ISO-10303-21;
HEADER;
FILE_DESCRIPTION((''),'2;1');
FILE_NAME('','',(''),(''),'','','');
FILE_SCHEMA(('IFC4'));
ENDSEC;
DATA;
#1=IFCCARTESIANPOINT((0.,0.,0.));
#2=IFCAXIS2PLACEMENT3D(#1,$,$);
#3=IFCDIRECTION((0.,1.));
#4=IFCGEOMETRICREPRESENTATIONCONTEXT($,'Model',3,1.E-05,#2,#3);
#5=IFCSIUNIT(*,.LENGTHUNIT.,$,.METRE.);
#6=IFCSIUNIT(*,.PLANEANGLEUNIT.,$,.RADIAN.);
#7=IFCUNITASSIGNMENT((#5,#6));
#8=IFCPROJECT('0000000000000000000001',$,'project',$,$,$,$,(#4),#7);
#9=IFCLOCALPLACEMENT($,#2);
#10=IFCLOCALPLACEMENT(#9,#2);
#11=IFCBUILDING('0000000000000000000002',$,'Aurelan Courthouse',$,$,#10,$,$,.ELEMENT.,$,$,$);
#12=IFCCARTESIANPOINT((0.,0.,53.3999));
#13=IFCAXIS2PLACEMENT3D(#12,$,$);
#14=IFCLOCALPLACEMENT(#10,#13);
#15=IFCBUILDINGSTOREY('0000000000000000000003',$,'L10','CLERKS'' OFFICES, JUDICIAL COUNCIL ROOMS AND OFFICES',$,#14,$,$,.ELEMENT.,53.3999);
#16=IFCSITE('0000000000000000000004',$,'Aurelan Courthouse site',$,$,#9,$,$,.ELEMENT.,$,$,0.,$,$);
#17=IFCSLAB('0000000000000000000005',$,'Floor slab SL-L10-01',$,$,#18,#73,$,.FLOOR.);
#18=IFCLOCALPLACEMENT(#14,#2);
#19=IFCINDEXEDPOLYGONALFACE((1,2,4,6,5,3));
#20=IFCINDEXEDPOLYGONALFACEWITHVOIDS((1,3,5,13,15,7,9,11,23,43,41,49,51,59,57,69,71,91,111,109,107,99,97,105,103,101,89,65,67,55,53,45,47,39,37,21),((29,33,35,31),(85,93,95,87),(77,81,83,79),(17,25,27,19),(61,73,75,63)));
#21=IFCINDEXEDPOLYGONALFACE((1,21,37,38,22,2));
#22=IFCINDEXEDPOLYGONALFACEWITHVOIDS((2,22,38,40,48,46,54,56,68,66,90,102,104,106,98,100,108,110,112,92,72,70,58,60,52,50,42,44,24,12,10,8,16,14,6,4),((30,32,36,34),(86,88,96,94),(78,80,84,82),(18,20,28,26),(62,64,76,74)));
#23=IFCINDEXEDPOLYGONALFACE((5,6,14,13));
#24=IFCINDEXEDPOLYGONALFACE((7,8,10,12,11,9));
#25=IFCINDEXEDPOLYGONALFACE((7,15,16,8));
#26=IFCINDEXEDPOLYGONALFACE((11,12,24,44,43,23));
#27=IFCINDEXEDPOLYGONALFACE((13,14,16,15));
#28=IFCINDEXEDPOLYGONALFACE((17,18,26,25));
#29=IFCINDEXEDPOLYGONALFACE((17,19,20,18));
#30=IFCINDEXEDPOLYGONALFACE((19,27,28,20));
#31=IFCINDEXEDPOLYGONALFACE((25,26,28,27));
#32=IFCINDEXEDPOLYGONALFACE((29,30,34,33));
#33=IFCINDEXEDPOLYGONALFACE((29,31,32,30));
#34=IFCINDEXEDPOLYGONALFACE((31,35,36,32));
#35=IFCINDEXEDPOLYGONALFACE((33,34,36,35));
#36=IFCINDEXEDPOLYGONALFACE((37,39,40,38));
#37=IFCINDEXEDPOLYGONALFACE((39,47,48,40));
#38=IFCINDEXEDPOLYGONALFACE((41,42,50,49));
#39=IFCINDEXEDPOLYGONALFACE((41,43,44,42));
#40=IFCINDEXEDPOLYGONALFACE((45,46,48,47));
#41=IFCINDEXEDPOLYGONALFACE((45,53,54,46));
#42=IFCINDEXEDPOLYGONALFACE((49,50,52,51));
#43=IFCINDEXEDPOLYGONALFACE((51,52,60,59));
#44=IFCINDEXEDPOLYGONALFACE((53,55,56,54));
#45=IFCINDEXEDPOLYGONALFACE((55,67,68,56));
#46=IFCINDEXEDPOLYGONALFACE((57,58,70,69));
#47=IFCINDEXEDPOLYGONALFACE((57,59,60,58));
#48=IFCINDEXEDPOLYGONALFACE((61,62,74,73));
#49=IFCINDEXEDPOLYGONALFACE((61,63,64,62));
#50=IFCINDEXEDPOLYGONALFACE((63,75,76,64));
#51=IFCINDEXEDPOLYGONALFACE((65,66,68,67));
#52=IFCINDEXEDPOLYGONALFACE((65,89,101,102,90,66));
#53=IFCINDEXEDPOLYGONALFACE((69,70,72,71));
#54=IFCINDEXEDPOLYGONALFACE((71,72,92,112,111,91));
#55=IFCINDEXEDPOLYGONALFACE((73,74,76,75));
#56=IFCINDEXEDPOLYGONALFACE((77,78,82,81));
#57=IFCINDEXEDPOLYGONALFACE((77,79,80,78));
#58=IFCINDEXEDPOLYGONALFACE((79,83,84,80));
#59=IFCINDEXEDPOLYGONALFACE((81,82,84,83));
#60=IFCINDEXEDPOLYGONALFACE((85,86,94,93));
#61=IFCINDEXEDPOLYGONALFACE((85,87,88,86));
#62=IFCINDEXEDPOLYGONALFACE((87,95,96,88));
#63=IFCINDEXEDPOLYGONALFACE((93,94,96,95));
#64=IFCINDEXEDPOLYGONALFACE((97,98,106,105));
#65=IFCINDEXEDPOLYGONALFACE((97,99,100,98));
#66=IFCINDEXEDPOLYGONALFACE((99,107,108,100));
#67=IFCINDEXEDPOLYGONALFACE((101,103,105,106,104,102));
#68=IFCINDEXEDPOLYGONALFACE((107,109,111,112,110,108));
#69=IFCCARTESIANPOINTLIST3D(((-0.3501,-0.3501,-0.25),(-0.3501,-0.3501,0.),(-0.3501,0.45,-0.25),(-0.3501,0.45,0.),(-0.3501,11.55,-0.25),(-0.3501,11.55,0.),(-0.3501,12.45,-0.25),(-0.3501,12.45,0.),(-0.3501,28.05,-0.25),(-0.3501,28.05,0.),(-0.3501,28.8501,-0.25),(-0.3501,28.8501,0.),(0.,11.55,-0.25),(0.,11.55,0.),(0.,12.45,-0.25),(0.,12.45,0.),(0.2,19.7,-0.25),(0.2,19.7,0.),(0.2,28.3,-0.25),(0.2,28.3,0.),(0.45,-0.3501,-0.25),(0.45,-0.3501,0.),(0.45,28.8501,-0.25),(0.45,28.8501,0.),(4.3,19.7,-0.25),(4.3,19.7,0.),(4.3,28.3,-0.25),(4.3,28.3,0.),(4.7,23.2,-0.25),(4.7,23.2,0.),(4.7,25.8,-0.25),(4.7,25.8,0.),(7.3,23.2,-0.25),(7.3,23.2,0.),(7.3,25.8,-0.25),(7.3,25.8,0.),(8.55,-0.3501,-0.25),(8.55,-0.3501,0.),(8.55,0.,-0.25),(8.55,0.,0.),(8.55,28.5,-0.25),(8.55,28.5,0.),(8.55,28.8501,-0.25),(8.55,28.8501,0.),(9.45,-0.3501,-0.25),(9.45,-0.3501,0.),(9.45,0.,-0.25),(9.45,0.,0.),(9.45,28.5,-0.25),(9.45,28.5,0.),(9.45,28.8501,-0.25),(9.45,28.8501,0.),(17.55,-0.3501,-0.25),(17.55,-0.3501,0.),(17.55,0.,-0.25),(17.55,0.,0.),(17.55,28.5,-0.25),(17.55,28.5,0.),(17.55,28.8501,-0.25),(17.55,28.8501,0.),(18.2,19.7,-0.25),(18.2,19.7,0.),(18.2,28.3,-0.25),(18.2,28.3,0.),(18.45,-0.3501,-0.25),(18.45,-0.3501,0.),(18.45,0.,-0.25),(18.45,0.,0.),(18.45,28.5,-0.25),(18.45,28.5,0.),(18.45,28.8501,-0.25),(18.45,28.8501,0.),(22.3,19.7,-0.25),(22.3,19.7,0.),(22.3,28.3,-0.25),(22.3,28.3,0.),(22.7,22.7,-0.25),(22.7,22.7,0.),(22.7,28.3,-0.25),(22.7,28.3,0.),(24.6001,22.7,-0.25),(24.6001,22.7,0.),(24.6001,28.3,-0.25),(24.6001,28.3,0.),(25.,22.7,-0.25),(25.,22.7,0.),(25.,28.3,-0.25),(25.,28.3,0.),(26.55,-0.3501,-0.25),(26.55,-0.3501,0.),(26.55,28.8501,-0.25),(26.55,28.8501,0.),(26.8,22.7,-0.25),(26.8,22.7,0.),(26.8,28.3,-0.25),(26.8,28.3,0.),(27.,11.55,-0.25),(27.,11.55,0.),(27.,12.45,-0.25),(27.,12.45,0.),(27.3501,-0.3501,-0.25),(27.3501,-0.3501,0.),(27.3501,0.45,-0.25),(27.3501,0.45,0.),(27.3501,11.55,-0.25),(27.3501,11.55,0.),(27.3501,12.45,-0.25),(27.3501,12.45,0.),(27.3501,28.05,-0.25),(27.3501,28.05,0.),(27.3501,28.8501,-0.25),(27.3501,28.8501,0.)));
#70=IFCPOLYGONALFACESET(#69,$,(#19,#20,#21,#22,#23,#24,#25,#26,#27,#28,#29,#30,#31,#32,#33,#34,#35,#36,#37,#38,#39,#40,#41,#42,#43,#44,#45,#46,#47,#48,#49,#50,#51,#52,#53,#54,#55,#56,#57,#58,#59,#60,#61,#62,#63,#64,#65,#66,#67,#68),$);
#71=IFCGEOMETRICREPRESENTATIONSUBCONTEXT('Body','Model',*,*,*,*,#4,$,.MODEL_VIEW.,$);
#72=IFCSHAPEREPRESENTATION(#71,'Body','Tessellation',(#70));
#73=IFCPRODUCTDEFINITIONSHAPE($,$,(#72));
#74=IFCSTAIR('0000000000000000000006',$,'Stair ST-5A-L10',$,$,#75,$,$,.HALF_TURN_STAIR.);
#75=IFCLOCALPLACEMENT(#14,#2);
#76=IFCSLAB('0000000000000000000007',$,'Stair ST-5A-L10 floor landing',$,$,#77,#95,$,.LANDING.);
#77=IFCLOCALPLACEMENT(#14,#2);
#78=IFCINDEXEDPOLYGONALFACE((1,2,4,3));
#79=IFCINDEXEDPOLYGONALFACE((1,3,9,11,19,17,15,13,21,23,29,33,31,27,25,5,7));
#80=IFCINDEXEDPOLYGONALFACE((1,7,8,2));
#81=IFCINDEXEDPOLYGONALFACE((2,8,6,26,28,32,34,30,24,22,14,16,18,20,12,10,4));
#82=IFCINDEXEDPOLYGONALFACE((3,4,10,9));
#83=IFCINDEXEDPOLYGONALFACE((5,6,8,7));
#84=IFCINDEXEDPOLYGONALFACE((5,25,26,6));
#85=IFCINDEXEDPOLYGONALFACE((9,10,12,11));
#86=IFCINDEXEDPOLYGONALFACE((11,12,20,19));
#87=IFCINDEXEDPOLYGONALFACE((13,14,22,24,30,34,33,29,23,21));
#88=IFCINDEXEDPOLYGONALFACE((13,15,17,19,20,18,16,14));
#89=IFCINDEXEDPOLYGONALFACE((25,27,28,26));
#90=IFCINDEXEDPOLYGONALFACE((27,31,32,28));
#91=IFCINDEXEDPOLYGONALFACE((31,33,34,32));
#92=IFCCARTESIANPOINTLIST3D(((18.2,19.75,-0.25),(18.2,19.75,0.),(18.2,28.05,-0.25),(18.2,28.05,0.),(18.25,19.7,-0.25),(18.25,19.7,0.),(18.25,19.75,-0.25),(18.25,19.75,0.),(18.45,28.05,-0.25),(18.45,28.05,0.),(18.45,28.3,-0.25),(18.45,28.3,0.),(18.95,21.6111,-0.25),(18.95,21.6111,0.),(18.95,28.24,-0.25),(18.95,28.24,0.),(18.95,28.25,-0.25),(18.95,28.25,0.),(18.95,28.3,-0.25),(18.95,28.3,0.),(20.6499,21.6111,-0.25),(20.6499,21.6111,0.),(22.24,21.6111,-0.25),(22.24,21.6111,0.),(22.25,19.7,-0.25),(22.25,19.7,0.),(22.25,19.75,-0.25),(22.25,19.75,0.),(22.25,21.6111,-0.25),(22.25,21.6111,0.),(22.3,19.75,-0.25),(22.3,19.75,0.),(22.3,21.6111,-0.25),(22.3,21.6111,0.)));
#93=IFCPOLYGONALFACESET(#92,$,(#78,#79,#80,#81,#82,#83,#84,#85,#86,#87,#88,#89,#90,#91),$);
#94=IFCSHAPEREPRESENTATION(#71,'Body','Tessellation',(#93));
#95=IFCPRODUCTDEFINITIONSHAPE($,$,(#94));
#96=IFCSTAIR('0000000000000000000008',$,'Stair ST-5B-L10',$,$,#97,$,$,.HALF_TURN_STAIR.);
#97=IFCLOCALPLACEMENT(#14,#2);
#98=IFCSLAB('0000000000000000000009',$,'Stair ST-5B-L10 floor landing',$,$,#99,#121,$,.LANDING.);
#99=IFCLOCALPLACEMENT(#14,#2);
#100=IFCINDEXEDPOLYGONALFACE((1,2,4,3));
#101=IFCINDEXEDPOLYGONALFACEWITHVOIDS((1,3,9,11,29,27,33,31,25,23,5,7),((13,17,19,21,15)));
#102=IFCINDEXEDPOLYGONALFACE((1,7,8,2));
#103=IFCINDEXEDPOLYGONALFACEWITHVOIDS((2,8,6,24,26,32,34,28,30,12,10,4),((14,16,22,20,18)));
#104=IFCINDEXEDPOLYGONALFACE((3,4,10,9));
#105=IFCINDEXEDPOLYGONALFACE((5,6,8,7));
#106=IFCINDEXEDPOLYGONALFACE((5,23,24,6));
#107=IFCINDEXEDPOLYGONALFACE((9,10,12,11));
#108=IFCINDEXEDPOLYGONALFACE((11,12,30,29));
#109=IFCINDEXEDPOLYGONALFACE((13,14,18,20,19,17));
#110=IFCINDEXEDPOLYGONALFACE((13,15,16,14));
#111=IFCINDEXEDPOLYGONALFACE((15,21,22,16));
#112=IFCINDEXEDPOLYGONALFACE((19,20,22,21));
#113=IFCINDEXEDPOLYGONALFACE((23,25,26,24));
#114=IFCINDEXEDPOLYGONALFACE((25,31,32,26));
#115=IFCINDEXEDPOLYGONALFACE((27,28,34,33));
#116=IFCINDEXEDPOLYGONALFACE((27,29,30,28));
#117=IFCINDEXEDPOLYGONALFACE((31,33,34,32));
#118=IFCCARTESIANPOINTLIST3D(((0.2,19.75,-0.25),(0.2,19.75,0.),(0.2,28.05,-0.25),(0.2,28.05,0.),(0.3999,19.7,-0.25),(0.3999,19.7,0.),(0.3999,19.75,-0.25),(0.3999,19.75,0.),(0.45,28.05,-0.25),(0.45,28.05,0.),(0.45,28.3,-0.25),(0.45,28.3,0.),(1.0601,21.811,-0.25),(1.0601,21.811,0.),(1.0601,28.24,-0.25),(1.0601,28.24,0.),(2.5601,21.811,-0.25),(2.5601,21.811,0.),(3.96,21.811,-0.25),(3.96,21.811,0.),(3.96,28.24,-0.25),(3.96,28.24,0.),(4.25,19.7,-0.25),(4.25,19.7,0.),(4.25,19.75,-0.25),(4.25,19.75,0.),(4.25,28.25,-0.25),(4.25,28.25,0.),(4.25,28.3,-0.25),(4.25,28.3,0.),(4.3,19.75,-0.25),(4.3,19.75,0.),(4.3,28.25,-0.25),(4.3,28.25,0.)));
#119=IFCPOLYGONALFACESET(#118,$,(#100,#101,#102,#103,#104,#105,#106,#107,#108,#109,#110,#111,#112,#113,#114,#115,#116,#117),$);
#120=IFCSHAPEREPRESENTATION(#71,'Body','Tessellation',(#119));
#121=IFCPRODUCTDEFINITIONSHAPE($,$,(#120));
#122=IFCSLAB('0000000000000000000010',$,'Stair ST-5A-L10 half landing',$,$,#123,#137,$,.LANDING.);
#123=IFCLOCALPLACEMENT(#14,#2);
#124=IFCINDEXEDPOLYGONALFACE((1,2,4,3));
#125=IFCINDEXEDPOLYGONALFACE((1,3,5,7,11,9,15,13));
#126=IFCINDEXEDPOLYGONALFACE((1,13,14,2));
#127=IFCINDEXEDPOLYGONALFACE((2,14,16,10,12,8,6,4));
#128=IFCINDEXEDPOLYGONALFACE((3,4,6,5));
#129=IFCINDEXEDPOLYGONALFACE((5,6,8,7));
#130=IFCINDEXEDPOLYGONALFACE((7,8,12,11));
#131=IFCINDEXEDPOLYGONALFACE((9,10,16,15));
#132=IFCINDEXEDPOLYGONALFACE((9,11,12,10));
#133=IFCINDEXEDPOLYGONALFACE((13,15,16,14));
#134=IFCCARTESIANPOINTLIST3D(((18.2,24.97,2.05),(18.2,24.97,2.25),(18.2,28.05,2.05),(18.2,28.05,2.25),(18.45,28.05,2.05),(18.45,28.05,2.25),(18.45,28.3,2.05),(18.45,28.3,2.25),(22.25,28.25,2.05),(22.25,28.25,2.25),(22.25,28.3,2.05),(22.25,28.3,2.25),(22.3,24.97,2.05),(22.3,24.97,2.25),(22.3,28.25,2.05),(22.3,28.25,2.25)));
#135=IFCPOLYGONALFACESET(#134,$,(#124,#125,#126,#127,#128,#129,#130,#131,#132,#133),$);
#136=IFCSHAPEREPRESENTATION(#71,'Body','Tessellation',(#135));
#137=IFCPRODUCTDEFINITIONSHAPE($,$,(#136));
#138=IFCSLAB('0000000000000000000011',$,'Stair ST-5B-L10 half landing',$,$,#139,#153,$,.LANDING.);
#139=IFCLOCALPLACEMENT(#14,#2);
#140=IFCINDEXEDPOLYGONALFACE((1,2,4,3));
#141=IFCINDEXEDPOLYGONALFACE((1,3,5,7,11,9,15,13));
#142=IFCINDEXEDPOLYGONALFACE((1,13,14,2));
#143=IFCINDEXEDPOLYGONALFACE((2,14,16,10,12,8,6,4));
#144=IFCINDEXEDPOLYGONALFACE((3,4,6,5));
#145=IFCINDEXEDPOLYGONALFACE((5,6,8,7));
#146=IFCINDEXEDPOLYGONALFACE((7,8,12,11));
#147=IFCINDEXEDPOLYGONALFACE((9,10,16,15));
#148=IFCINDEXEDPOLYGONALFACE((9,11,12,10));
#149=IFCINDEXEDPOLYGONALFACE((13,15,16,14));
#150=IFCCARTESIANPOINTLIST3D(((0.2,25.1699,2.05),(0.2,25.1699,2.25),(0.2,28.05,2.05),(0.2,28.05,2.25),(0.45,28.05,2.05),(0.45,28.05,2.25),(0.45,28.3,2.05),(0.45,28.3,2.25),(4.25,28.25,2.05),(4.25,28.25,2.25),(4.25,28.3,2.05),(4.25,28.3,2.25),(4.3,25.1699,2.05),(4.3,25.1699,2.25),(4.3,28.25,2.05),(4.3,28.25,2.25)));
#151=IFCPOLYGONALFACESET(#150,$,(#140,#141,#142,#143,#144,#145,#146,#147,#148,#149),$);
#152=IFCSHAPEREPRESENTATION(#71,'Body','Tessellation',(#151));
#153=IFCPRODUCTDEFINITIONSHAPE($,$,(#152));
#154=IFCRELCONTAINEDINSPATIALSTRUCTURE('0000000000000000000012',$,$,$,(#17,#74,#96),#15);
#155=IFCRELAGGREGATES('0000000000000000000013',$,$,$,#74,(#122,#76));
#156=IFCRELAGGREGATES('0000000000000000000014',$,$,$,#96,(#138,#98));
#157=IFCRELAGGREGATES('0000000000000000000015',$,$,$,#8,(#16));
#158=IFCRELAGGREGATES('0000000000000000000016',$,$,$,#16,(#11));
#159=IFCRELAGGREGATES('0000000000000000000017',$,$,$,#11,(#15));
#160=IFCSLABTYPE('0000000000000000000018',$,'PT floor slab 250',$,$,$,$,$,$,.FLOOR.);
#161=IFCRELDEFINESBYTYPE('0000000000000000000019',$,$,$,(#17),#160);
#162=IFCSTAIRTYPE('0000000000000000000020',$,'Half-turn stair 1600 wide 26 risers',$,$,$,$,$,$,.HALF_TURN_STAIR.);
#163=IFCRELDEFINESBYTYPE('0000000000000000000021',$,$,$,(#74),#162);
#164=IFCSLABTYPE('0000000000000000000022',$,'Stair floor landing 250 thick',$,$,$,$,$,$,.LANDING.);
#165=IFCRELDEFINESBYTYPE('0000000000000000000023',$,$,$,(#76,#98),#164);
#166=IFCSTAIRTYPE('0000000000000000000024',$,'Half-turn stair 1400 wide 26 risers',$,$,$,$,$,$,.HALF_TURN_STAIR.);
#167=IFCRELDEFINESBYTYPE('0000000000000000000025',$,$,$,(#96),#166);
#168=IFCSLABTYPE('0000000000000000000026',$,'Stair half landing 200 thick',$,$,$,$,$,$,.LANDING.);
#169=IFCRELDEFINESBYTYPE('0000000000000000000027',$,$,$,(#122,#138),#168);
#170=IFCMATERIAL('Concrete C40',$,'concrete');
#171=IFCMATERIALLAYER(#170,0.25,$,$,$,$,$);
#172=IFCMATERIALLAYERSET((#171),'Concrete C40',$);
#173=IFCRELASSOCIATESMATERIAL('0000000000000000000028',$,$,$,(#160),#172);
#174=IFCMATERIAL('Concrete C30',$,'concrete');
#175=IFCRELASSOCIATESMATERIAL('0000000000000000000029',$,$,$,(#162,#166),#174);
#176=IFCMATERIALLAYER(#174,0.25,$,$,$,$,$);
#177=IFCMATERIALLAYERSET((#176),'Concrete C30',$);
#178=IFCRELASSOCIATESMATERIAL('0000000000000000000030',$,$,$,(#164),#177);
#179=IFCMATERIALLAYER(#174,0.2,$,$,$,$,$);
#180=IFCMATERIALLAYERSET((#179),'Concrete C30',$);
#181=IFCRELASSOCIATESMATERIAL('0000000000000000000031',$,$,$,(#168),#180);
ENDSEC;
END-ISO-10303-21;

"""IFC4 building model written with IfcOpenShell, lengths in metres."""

from ifc_helpers import new_model, si_unit, direction, frame, origin, place, context, subcontext, project, spatial, polyline, outline, extrude, material, layer, layer_set, type_object, element, aggregate, save


model = new_model("IFC4")

# Units and contexts
model_context = context("Model", 3, precision=1e-05, world=origin(), true_north=direction((0.0, 1.0)))
body_context = subcontext(model_context, "Body", "Model", "MODEL_VIEW")
ifc_project = project(units=[si_unit("LENGTHUNIT", "METRE"), si_unit("PLANEANGLEUNIT", "RADIAN")], contexts=[model_context])

# Site, building, storey
site_placement = place(None, origin())
site = spatial("IfcSite", under=ifc_project, at=site_placement, Name="Aurelan Courthouse site", CompositionType="ELEMENT", RefElevation=0.0)
building_placement = place(site_placement, origin())
building = spatial("IfcBuilding", under=site, at=building_placement, Name="Aurelan Courthouse", CompositionType="ELEMENT")
storey_placement = place(building_placement, frame((0.0, 0.0, 53.3999)))
storey = spatial("IfcBuildingStorey", under=building, at=storey_placement, Name="L10", Description="CLERKS' OFFICES, JUDICIAL COUNCIL ROOMS AND OFFICES", CompositionType="ELEMENT", Elevation=53.3999)

# Slab
ifc_material_1 = material(Name="Concrete C40", Category="concrete")
ifc_layer_1 = layer(ifc_material_1, 0.25)
ifc_layer_set_1 = layer_set([ifc_layer_1], Name="Concrete C40")
slab_type_1 = type_object("IfcSlabType", Name="PT floor slab 250", PredefinedType="FLOOR", material=ifc_layer_set_1)
slab_1_placement = place(storey_placement, frame((0.0, 0.0, -0.25)))
element("IfcSlab", 1, at=slab_1_placement, inside=storey, type_object=slab_type_1, Name="Floor slab SL-L10-01", PredefinedType="FLOOR", context=body_context, shape_type="SweptSolid", body=[
    extrude(outline(polyline([(0.0, 12.45), (0.0, 11.55), (-0.3501, 11.55), (-0.3501, 0.45), (-0.3501, -0.3501), (0.45, -0.3501), (8.55, -0.3501), (8.55, 0.0), (9.45, 0.0), (9.45, -0.3501), (17.55, -0.3501), (17.55, 0.0), (18.45, 0.0), (18.45, -0.3501), (26.55, -0.3501), (27.3501, -0.3501), (27.3501, 0.45), (27.3501, 11.55), (27.0, 11.55), (27.0, 12.45), (27.3501, 12.45), (27.3501, 28.05), (27.3501, 28.8501), (26.55, 28.8501), (18.45, 28.8501), (18.45, 28.5), (17.55, 28.5), (17.55, 28.8501), (9.45, 28.8501), (9.45, 28.5), (8.55, 28.5), (8.55, 28.8501), (0.45, 28.8501), (-0.3501, 28.8501), (-0.3501, 28.05), (-0.3501, 12.45), (0.0, 12.45)]), holes=[polyline([(26.8, 28.3), (26.8, 22.7), (25.0, 22.7), (25.0, 28.3), (26.8, 28.3)]), polyline([(22.7, 28.3), (24.6001, 28.3), (24.6001, 22.7), (22.7, 22.7), (22.7, 28.3)]), polyline([(22.3, 28.3), (22.3, 19.7), (18.2, 19.7), (18.2, 28.3), (22.3, 28.3)]), polyline([(4.7, 23.2), (4.7, 25.8), (7.3, 25.8), (7.3, 23.2), (4.7, 23.2)]), polyline([(4.3, 19.7), (0.2, 19.7), (0.2, 28.3), (4.3, 28.3), (4.3, 19.7)])]), origin(), (0.0, 0.0, 1.0), 0.25),
])

# Stairs, slabs
ifc_material_2 = material(Name="Concrete C30", Category="concrete")
stair_type_1 = type_object("IfcStairType", Name="Half-turn stair 1600 wide 26 risers", PredefinedType="HALF_TURN_STAIR", material=ifc_material_2)
stair_1_placement = place(storey_placement, origin())
stair_1 = element("IfcStair", 2, at=stair_1_placement, inside=storey, type_object=stair_type_1, Name="Stair ST-5A-L10", PredefinedType="HALF_TURN_STAIR")
ifc_layer_2 = layer(ifc_material_2, 0.25)
ifc_layer_set_2 = layer_set([ifc_layer_2], Name="Concrete C30")
slab_type_2 = type_object("IfcSlabType", Name="Stair floor landing 250 thick", PredefinedType="LANDING", material=ifc_layer_set_2)
slab_2_placement = place(storey_placement, frame((0.0, 0.0, -0.25)))
slab_2 = element("IfcSlab", 3, at=slab_2_placement, type_object=slab_type_2, Name="Stair ST-5A-L10 floor landing", PredefinedType="LANDING", context=body_context, shape_type="SweptSolid", body=[
    extrude(outline(polyline([(22.3, 21.6111), (22.3, 19.75), (22.25, 19.75), (22.25, 19.7), (18.25, 19.7), (18.25, 19.75), (18.2, 19.75), (18.2, 28.05), (18.45, 28.05), (18.45, 28.3), (18.95, 28.3), (18.95, 28.25), (18.95, 28.24), (18.95, 21.6111), (20.6499, 21.6111), (22.24, 21.6111), (22.25, 21.6111), (22.3, 21.6111)])), origin(), (0.0, 0.0, 1.0), 0.25),
])
stair_type_2 = type_object("IfcStairType", Name="Half-turn stair 1400 wide 26 risers", PredefinedType="HALF_TURN_STAIR", material=ifc_material_2)
stair_2_placement = place(storey_placement, origin())
stair_2 = element("IfcStair", 4, at=stair_2_placement, inside=storey, type_object=stair_type_2, Name="Stair ST-5B-L10", PredefinedType="HALF_TURN_STAIR")
slab_3_placement = place(storey_placement, frame((0.0, 0.0, -0.25)))
slab_3 = element("IfcSlab", 5, at=slab_3_placement, type_object=slab_type_2, Name="Stair ST-5B-L10 floor landing", PredefinedType="LANDING", context=body_context, shape_type="SweptSolid", body=[
    extrude(outline(polyline([(0.3999, 19.7), (0.3999, 19.75), (0.2, 19.75), (0.2, 28.05), (0.45, 28.05), (0.45, 28.3), (4.25, 28.3), (4.25, 28.25), (4.3, 28.25), (4.3, 19.75), (4.25, 19.75), (4.25, 19.7), (0.3999, 19.7)]), holes=[polyline([(3.96, 21.811), (3.96, 28.24), (1.0601, 28.24), (1.0601, 21.811), (2.5601, 21.811), (3.96, 21.811)])]), origin(), (0.0, 0.0, 1.0), 0.25),
])

# Slabs
ifc_layer_3 = layer(ifc_material_2, 0.2)
ifc_layer_set_3 = layer_set([ifc_layer_3], Name="Concrete C30")
slab_type_3 = type_object("IfcSlabType", Name="Stair half landing 200 thick", PredefinedType="LANDING", material=ifc_layer_set_3)
slab_4_placement = place(storey_placement, frame((0.0, 0.0, 2.05)))
slab_4 = element("IfcSlab", 6, at=slab_4_placement, type_object=slab_type_3, Name="Stair ST-5A-L10 half landing", PredefinedType="LANDING", context=body_context, shape_type="SweptSolid", body=[
    extrude(outline(polyline([(22.3, 24.97), (18.2, 24.97), (18.2, 28.05), (18.45, 28.05), (18.45, 28.3), (22.25, 28.3), (22.25, 28.25), (22.3, 28.25), (22.3, 24.97)])), origin(), (0.0, 0.0, 1.0), 0.2),
])
aggregate(stair_1, [slab_4, slab_2])
slab_5_placement = place(storey_placement, frame((0.0, 0.0, 2.05)))
slab_5 = element("IfcSlab", 7, at=slab_5_placement, type_object=slab_type_3, Name="Stair ST-5B-L10 half landing", PredefinedType="LANDING", context=body_context, shape_type="SweptSolid", body=[
    extrude(outline(polyline([(4.3, 25.1699), (0.2, 25.1699), (0.2, 28.05), (0.45, 28.05), (0.45, 28.3), (4.25, 28.3), (4.25, 28.25), (4.3, 28.25), (4.3, 25.1699)])), origin(), (0.0, 0.0, 1.0), 0.2),
])
aggregate(stair_2, [slab_5, slab_3])

save(model, "model.ifc")
